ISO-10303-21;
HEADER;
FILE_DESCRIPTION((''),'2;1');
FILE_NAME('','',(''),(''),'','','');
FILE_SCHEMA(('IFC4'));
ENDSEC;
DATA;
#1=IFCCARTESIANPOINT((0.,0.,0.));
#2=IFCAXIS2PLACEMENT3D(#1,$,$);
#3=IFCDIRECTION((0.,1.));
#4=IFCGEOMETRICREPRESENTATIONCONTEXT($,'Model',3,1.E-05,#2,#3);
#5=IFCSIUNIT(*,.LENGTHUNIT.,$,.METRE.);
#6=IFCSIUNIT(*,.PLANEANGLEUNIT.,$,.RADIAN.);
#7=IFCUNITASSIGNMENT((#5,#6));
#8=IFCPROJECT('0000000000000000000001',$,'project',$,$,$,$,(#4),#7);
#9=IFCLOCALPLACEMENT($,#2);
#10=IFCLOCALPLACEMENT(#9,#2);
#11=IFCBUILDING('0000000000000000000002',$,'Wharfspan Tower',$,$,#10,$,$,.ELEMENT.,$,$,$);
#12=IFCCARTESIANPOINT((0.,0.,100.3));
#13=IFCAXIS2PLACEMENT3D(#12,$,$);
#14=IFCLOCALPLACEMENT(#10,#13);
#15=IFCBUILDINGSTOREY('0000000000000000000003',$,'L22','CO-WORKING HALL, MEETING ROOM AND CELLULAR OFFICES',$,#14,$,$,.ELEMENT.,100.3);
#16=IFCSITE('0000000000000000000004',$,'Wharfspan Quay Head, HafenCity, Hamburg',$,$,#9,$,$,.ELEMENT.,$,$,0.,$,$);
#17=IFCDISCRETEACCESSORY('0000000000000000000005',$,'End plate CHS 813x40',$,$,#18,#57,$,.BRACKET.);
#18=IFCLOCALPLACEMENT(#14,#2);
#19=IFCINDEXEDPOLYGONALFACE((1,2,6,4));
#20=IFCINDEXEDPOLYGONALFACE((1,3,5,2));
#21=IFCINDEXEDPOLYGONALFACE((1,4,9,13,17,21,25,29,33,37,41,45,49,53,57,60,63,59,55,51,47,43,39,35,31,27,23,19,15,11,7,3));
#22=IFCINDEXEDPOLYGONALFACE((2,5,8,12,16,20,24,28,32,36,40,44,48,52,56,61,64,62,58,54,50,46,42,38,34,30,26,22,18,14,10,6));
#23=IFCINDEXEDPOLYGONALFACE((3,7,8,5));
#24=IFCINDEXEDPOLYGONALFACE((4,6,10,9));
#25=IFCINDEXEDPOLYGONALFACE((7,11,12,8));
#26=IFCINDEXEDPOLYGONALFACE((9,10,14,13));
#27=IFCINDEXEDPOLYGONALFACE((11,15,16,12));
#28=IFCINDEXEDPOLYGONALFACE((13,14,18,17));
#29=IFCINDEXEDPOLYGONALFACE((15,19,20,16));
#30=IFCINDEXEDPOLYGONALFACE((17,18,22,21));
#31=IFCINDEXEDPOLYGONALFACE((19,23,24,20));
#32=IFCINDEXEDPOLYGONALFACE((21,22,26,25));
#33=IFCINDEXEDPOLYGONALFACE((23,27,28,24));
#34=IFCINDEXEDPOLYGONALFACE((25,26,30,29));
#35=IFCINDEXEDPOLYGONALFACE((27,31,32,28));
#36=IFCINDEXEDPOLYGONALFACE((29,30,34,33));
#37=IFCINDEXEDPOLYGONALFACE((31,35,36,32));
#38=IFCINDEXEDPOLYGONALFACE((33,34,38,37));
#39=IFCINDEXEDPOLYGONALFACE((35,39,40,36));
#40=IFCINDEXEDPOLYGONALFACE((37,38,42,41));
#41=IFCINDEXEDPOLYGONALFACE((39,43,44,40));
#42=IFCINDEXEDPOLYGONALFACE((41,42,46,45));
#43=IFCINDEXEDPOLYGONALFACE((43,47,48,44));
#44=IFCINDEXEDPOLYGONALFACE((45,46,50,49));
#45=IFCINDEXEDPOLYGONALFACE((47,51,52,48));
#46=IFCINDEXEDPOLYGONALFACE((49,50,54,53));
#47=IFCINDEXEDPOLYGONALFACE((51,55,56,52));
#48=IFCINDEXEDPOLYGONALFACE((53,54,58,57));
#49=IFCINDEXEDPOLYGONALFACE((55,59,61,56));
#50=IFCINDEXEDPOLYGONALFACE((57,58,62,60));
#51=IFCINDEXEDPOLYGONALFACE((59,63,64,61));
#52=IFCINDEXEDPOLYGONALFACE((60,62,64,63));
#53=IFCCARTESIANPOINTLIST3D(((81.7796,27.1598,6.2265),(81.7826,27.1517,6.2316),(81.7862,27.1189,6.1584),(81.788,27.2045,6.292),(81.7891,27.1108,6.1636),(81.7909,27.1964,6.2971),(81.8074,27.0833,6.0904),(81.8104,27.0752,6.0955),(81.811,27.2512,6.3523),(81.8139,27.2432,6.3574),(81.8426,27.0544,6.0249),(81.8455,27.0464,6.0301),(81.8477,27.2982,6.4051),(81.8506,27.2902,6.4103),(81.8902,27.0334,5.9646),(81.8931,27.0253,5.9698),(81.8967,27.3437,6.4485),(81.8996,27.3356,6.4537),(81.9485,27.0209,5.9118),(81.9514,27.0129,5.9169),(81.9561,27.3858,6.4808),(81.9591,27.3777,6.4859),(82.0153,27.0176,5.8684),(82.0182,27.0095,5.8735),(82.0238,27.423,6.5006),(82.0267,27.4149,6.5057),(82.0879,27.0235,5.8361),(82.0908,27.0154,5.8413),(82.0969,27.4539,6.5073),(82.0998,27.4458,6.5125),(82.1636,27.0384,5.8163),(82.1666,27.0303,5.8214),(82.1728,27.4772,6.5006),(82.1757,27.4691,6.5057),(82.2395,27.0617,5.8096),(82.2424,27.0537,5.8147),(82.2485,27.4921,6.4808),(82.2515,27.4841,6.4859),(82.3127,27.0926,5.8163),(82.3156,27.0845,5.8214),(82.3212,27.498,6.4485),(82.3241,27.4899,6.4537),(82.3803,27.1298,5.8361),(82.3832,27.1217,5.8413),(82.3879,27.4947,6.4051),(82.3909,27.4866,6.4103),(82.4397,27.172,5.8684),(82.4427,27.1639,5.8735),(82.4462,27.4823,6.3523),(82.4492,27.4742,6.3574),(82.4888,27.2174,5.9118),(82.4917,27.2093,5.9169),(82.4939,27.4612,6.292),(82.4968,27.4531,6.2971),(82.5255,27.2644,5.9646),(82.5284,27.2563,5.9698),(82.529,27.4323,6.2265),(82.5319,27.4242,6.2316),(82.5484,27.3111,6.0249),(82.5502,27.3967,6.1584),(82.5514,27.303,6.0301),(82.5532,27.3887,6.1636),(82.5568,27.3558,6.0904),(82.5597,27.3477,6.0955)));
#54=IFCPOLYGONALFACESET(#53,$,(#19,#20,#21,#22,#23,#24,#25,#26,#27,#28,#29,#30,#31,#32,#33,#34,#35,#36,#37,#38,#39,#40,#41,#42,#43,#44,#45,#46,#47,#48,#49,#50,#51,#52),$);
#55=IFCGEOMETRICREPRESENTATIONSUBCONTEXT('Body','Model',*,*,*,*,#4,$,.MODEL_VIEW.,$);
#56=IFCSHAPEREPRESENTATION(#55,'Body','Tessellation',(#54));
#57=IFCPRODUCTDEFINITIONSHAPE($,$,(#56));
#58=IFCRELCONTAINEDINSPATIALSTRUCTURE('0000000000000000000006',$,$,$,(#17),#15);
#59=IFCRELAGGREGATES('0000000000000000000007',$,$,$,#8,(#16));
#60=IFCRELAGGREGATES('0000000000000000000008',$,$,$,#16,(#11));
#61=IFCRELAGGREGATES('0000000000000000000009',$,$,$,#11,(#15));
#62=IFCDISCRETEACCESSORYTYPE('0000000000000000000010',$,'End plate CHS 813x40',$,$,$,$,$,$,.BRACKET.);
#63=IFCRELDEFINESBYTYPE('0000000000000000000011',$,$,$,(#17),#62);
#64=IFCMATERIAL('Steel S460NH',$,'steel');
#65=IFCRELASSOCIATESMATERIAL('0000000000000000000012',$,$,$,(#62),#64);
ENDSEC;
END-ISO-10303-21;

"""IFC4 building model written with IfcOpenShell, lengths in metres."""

from ifc_helpers import new_model, si_unit, direction, frame, origin, origin_2d, place, context, subcontext, project, spatial, circle, extrude, material, material_profile, profile_set, type_object, element, save


model = new_model("IFC4")

# Units and contexts
model_context = context("Model", 3, precision=1e-05, world=origin(), true_north=direction((0.0, 1.0)))
body_context = subcontext(model_context, "Body", "Model", "MODEL_VIEW")
ifc_project = project(units=[si_unit("LENGTHUNIT", "METRE"), si_unit("PLANEANGLEUNIT", "RADIAN")], contexts=[model_context])

# Site, building, storey
site_placement = place(None, origin())
site = spatial("IfcSite", under=ifc_project, at=site_placement, Name="Wharfspan Quay Head, HafenCity, Hamburg", CompositionType="ELEMENT", RefElevation=0.0)
building_placement = place(site_placement, origin())
building = spatial("IfcBuilding", under=site, at=building_placement, Name="Wharfspan Tower", CompositionType="ELEMENT")
storey_placement = place(building_placement, frame((0.0, 0.0, 100.3)))
storey = spatial("IfcBuildingStorey", under=building, at=storey_placement, Name="L22", Description="CO-WORKING HALL, MEETING ROOM AND CELLULAR OFFICES", CompositionType="ELEMENT", Elevation=100.3)

# Shared definitions
ifc_material_1 = material(Name="Steel S460NH", Category="steel")

# Discrete accessory
ifc_material_profile_1 = material_profile(ifc_material_1, circle(Radius=0.4065, at=origin_2d()))
ifc_profile_set_1 = profile_set([ifc_material_profile_1], Name="Steel S460NH")
discrete_accessory_type = type_object("IfcDiscreteAccessoryType", Name="End plate CHS 813x40", PredefinedType="BRACKET", material=ifc_profile_set_1)
discrete_accessory_1_placement = place(storey_placement, frame((82.1682, 27.2578, 6.1584), z_axis=(0.293294, -0.806559, 0.513265), x_axis=(0.939791, 0.341742, 0.0)))
element("IfcDiscreteAccessory", 1, at=discrete_accessory_1_placement, inside=storey, type_object=discrete_accessory_type, Name="End plate CHS 813x40", PredefinedType="BRACKET", context=body_context, shape_type="SweptSolid", body=[
    extrude(circle(Radius=0.4065, at=origin_2d()), origin(), (0.0, 0.0, 1.0), 0.01),
])

save(model, "model.ifc")
